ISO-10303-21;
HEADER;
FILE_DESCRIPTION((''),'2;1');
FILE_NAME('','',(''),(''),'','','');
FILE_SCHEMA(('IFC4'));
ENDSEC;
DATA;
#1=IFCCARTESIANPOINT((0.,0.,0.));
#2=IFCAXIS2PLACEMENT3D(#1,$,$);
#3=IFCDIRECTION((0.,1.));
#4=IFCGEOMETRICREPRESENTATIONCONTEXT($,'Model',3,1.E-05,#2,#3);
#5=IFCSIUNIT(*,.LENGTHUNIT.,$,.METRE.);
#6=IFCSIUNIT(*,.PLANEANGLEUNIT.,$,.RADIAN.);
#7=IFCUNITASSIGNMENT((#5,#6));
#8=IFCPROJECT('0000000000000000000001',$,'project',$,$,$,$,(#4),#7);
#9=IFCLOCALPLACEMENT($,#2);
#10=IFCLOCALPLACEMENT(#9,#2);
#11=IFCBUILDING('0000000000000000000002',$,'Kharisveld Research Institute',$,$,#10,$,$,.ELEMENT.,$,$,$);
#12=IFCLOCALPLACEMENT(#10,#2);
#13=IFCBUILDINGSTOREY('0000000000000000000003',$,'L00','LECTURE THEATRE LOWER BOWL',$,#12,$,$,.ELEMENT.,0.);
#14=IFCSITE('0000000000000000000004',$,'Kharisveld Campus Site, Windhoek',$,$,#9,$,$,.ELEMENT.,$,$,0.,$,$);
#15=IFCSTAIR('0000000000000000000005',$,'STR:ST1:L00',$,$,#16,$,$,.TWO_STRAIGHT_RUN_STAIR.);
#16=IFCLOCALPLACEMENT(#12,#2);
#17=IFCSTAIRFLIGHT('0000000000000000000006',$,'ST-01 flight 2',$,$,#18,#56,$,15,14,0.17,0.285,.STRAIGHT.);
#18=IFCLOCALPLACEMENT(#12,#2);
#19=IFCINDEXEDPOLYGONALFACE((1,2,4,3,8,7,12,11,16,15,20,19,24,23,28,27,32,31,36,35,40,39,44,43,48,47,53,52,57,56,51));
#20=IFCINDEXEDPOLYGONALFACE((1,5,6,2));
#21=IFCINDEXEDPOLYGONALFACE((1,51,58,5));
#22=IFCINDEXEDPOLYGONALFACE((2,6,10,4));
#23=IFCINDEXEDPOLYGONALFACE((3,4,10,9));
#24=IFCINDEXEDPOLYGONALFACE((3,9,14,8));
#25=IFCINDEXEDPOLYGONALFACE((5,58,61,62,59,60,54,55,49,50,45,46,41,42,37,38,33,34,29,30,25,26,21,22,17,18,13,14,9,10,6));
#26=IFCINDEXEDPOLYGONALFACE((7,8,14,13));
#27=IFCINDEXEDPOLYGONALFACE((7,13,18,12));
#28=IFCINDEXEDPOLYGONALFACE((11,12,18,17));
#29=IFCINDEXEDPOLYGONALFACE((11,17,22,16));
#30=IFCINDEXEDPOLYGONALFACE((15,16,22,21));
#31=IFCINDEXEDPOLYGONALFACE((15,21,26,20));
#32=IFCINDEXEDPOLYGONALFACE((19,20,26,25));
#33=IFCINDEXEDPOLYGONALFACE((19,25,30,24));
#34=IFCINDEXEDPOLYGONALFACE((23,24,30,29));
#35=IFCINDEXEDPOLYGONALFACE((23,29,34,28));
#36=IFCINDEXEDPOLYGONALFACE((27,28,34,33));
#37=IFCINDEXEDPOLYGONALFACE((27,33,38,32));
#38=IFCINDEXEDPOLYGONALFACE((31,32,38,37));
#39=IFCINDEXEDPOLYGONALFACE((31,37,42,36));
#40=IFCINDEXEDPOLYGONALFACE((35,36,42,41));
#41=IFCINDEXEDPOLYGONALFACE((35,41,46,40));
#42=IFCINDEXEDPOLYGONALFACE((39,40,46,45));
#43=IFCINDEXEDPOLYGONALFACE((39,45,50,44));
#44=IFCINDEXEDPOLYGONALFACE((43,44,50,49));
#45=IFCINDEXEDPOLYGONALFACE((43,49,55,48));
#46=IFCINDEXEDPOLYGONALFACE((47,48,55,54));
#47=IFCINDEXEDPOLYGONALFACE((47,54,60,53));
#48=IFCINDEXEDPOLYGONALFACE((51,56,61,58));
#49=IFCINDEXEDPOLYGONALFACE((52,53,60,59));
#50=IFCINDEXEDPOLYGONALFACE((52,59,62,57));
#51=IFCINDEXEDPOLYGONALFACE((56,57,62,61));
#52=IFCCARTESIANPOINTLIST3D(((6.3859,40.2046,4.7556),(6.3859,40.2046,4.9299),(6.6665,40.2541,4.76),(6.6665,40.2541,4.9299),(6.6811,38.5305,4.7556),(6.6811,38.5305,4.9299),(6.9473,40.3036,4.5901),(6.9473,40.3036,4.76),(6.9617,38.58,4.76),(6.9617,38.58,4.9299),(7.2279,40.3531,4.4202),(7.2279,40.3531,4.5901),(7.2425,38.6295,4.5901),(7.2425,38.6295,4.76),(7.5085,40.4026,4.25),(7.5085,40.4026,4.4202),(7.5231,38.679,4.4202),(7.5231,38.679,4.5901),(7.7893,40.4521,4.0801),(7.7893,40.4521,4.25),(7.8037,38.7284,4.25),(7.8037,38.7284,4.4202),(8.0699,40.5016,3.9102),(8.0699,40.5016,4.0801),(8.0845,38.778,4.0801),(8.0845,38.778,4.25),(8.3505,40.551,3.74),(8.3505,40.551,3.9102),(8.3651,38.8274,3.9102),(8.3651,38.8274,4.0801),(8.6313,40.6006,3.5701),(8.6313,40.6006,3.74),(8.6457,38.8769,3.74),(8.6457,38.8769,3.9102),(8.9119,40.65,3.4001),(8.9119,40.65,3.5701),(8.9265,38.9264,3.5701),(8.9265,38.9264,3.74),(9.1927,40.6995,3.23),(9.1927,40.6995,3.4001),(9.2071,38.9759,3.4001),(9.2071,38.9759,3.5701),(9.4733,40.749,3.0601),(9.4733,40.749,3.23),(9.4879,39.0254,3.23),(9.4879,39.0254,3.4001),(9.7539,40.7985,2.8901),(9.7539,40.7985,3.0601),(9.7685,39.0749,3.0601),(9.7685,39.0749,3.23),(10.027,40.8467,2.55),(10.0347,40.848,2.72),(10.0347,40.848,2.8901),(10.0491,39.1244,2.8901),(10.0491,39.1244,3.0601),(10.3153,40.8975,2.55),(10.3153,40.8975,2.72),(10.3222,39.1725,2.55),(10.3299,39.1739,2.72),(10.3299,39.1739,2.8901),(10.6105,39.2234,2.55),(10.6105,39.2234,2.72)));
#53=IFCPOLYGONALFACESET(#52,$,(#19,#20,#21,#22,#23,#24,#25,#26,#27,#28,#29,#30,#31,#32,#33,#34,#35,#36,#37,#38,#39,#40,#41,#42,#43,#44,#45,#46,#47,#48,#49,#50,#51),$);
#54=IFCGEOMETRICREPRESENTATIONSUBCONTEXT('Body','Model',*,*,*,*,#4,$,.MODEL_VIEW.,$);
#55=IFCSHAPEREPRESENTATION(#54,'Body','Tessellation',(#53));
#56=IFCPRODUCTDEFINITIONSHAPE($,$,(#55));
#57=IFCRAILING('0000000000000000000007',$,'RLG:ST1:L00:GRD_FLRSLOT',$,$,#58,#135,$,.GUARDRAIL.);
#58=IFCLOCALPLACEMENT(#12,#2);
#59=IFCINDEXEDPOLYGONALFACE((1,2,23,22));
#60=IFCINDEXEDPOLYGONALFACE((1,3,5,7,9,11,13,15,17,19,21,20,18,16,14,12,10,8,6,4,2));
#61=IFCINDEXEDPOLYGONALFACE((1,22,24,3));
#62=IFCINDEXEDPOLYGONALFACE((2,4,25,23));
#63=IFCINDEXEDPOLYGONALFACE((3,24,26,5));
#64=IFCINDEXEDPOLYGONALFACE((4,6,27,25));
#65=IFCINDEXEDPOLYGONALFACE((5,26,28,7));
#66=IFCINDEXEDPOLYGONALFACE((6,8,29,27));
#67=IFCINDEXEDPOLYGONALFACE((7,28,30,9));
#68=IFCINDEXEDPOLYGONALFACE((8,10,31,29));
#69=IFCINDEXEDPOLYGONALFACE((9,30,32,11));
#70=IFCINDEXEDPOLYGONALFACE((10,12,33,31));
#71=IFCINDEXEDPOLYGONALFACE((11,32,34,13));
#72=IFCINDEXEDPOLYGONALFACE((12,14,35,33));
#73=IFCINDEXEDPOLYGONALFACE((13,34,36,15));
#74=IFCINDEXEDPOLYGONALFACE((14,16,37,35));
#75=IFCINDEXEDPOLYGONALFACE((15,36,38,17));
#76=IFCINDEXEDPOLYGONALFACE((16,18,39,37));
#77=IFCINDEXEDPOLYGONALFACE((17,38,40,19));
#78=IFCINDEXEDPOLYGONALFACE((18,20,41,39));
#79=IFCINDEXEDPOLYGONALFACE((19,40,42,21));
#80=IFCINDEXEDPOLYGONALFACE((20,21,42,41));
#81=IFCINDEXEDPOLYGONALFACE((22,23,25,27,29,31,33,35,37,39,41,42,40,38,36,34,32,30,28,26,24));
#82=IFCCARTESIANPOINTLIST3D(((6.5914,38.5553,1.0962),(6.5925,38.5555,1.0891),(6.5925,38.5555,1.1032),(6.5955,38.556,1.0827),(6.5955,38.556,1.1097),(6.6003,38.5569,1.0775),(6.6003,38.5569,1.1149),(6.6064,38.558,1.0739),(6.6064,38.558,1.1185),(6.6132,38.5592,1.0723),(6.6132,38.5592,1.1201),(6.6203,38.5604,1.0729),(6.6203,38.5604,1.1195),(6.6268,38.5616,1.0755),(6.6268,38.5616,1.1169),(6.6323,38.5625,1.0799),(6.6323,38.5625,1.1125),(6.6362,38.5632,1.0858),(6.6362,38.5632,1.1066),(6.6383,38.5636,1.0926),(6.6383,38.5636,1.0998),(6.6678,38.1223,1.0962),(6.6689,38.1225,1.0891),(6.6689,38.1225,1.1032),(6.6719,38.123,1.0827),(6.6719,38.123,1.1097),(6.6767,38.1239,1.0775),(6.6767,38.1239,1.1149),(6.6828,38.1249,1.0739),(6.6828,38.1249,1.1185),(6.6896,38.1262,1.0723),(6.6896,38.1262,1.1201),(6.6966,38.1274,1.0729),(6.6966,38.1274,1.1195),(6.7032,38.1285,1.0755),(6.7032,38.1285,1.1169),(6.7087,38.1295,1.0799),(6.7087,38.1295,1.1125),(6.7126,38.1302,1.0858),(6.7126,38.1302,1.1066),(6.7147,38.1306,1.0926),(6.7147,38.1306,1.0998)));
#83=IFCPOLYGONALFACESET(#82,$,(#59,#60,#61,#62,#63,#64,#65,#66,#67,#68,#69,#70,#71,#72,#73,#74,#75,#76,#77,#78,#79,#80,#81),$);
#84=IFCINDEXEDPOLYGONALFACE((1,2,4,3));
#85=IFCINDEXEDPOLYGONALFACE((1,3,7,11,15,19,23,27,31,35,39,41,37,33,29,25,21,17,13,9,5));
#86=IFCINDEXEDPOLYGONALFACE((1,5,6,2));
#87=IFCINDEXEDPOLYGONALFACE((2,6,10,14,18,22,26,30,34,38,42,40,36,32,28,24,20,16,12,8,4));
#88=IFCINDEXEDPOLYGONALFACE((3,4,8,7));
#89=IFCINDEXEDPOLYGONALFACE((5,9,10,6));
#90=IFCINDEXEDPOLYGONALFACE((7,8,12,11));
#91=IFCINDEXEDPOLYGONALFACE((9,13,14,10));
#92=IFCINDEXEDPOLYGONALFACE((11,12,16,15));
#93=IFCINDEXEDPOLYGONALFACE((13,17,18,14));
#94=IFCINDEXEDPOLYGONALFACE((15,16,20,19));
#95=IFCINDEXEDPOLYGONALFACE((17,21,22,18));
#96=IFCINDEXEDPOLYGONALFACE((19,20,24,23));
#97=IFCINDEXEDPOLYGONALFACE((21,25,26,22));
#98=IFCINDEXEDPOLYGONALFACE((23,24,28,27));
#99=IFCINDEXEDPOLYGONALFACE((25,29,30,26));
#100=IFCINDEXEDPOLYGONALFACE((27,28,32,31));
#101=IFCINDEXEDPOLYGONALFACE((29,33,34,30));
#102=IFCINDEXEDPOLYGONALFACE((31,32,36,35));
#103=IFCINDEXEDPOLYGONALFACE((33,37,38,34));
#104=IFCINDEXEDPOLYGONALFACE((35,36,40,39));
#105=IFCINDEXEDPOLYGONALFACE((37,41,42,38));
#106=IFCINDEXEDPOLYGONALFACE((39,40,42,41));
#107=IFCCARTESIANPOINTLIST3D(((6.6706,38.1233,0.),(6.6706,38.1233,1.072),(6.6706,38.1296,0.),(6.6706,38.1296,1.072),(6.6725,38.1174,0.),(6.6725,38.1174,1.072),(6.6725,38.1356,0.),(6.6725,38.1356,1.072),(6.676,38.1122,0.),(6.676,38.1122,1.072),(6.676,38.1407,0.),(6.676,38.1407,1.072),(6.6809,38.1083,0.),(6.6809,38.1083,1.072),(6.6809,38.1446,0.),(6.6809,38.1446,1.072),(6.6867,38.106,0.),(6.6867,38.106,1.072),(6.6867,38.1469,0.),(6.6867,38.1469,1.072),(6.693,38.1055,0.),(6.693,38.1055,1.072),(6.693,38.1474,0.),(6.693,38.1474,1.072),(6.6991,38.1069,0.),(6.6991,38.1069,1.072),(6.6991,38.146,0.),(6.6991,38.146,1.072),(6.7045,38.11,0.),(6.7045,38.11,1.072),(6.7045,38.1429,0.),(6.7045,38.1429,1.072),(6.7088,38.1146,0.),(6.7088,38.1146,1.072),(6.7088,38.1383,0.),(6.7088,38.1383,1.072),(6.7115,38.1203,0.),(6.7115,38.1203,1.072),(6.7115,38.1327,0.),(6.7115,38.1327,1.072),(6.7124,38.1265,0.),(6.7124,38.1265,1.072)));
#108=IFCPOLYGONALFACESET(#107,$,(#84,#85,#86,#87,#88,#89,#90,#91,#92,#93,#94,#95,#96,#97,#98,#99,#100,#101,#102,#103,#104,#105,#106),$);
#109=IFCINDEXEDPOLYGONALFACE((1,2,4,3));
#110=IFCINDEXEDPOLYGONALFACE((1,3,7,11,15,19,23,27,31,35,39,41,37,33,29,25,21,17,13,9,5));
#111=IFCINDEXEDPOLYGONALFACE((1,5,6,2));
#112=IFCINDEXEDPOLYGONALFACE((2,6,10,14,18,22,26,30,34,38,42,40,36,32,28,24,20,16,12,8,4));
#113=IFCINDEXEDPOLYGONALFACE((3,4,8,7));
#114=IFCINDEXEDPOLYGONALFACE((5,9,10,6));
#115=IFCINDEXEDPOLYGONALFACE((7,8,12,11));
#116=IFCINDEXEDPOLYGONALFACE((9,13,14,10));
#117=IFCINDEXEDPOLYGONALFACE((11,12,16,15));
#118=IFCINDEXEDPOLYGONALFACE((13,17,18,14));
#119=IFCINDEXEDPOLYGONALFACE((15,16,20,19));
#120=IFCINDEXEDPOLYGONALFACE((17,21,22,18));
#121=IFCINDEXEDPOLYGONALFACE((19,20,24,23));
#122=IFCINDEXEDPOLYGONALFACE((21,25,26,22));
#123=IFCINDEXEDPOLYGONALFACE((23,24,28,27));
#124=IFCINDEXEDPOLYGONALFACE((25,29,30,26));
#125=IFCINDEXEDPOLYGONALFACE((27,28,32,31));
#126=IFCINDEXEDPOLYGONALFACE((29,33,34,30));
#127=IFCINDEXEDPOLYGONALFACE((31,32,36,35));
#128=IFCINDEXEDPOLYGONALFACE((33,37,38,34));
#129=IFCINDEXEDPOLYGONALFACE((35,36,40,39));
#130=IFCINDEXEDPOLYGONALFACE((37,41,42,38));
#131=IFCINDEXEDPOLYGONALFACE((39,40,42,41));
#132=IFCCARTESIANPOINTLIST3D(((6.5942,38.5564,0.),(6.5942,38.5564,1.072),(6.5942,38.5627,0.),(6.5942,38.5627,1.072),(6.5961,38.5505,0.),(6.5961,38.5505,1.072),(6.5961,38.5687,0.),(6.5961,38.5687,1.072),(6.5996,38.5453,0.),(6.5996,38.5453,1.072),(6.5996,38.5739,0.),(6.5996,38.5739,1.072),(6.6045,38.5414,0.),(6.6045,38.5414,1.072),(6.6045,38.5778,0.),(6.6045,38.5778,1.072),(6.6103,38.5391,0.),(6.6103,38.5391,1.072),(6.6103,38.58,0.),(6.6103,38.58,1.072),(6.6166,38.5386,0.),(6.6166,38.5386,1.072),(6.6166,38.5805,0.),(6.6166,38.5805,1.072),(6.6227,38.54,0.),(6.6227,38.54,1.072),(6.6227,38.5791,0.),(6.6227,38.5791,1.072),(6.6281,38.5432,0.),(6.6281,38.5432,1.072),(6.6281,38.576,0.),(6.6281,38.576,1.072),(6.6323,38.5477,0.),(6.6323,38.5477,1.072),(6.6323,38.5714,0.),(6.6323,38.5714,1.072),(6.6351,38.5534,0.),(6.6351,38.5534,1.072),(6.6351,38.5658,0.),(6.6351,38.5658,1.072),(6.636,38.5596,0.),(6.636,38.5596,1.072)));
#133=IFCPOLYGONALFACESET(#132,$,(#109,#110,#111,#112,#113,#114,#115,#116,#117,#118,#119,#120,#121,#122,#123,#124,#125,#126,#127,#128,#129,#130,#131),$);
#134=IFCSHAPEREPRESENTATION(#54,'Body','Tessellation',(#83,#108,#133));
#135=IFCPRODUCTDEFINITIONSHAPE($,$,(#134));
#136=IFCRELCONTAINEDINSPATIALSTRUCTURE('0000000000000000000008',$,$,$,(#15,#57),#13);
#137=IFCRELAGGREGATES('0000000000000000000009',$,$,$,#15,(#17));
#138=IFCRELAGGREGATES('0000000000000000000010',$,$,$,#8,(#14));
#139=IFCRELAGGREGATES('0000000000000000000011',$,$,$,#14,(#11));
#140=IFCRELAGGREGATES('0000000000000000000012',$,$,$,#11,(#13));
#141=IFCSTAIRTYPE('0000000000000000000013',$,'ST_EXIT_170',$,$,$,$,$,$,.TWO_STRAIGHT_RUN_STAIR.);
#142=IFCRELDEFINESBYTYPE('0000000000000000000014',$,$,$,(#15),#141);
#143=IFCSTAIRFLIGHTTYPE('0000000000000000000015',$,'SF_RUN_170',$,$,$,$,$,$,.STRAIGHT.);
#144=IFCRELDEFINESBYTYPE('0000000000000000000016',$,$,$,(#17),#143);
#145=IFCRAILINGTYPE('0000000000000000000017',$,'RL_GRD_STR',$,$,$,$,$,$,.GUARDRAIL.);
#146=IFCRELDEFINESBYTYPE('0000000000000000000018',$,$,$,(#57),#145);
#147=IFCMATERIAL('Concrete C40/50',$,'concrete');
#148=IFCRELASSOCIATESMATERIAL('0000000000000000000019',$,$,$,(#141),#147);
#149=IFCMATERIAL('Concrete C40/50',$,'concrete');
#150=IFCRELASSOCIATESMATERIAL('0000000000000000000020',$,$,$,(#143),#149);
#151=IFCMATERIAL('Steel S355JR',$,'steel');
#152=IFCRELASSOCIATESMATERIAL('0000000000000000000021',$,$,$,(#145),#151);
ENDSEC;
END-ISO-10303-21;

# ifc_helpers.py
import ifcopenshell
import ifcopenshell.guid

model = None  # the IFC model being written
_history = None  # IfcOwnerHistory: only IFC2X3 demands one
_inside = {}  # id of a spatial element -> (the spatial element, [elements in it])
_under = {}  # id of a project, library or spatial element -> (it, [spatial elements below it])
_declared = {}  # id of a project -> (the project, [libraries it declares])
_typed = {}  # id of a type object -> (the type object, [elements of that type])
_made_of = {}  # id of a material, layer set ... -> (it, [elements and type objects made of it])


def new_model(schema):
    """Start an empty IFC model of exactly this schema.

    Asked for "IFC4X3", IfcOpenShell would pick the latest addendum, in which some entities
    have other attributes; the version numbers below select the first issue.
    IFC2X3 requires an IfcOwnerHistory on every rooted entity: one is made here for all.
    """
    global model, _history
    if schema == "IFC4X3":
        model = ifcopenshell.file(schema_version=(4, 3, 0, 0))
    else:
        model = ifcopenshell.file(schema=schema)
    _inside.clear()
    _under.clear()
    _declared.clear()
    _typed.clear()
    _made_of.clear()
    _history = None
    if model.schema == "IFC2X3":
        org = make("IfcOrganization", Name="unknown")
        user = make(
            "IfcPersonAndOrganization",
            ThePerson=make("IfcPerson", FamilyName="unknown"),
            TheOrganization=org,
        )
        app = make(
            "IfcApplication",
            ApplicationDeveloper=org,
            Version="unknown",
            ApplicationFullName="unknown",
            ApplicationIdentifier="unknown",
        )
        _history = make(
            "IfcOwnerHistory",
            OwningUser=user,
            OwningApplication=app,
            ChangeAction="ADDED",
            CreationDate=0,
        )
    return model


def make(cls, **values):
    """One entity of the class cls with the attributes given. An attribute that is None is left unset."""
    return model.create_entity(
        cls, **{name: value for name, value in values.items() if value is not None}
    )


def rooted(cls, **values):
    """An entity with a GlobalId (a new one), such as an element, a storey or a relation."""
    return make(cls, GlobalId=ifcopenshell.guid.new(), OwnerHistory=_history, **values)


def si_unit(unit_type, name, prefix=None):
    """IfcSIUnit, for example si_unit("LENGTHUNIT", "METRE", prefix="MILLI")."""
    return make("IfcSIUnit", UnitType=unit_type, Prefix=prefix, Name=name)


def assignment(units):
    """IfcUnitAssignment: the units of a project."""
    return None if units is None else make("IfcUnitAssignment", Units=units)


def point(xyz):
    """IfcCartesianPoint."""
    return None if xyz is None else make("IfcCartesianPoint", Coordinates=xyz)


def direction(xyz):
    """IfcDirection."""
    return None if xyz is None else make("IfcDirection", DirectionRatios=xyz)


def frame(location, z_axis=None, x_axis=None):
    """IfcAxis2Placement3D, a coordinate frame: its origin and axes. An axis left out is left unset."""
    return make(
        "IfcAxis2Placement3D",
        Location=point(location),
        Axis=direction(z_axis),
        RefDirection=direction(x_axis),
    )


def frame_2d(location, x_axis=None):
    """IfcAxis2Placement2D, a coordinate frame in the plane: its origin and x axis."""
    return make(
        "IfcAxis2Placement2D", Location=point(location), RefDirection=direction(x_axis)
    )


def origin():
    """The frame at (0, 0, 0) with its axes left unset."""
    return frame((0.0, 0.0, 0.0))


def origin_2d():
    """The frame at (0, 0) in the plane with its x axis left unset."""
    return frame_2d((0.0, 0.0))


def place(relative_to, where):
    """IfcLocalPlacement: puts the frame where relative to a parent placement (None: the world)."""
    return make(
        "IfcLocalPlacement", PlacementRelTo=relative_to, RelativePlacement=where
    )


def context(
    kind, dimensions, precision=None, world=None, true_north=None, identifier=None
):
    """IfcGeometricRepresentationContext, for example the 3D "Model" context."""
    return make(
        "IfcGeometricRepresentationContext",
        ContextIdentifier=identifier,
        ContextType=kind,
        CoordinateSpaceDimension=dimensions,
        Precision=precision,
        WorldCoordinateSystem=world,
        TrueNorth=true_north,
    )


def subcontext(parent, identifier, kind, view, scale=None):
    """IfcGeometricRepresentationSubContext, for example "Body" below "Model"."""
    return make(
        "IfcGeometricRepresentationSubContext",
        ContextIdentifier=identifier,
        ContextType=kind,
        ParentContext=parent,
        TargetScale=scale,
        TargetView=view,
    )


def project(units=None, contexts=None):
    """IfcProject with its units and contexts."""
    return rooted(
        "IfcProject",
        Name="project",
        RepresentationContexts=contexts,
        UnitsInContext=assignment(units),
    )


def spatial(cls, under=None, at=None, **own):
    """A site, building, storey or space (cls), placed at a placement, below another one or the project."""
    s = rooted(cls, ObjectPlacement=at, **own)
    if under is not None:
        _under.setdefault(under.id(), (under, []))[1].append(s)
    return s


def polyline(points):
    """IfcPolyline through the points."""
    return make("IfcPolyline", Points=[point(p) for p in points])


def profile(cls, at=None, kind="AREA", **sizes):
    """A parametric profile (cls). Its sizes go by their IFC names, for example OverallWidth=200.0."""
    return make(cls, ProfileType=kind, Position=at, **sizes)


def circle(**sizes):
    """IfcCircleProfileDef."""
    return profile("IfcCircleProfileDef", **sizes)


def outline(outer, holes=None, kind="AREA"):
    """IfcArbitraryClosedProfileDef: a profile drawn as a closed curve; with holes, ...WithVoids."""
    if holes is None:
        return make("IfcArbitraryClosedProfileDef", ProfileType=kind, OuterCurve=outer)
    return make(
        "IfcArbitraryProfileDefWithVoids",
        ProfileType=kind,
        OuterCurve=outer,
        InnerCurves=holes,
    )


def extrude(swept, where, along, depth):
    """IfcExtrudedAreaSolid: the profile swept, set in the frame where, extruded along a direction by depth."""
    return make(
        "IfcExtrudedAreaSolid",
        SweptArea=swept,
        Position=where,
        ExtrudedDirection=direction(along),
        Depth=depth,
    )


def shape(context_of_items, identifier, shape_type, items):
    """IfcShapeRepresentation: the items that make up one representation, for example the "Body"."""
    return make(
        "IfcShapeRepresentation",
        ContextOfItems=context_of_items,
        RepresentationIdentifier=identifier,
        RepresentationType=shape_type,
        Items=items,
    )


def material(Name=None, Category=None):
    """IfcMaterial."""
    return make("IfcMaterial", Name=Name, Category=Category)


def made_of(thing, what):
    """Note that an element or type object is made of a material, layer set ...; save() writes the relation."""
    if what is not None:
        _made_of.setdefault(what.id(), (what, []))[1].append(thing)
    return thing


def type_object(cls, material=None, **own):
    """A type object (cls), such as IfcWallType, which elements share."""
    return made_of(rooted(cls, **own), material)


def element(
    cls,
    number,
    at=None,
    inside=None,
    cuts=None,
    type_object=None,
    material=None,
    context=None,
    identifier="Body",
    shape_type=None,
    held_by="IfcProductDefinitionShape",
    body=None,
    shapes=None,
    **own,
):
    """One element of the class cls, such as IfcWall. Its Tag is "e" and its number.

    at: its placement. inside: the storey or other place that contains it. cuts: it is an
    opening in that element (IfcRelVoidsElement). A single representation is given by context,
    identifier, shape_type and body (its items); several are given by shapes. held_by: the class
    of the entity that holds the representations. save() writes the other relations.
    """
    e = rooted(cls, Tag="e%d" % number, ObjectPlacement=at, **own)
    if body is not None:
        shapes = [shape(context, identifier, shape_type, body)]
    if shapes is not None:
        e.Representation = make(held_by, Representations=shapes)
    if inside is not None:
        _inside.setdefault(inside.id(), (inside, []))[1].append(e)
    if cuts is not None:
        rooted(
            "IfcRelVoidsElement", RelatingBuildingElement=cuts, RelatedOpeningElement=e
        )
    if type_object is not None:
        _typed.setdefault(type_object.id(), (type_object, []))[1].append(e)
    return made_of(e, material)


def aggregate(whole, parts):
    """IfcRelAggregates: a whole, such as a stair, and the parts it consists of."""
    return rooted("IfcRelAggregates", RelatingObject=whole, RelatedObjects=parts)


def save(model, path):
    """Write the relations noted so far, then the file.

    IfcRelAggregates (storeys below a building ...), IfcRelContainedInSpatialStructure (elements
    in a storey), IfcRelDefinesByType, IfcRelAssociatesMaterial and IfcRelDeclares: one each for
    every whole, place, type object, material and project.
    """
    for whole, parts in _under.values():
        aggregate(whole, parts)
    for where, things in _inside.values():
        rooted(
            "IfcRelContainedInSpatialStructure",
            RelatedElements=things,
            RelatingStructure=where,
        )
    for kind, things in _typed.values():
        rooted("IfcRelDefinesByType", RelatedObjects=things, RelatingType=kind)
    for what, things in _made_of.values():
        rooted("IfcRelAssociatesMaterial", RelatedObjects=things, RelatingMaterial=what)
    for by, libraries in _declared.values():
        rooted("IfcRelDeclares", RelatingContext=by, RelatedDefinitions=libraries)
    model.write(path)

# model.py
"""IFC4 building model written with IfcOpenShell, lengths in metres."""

from ifc_helpers import new_model, si_unit, direction, frame, origin, origin_2d, place, context, subcontext, project, spatial, polyline, circle, outline, extrude, material, type_object, element, aggregate, save


model = new_model("IFC4")

# Units and contexts
model_context = context("Model", 3, precision=1e-05, world=origin(), true_north=direction((0.0, 1.0)))
body_context = subcontext(model_context, "Body", "Model", "MODEL_VIEW")
ifc_project = project(units=[si_unit("LENGTHUNIT", "METRE"), si_unit("PLANEANGLEUNIT", "RADIAN")], contexts=[model_context])

# Site, building, storey
site_placement = place(None, origin())
site = spatial("IfcSite", under=ifc_project, at=site_placement, Name="Kharisveld Campus Site, Windhoek", CompositionType="ELEMENT", RefElevation=0.0)
building_placement = place(site_placement, origin())
building = spatial("IfcBuilding", under=site, at=building_placement, Name="Kharisveld Research Institute", CompositionType="ELEMENT")
storey_placement = place(building_placement, origin())
storey = spatial("IfcBuildingStorey", under=building, at=storey_placement, Name="L00", Description="LECTURE THEATRE LOWER BOWL", CompositionType="ELEMENT", Elevation=0.0)

# Stair, stair flight
ifc_material_1 = material(Name="Concrete C40/50", Category="concrete")
stair_type = type_object("IfcStairType", Name="ST_EXIT_170", PredefinedType="TWO_STRAIGHT_RUN_STAIR", material=ifc_material_1)
stair_placement = place(storey_placement, origin())
stair = element("IfcStair", 1, at=stair_placement, inside=storey, type_object=stair_type, Name="STR:ST1:L00", PredefinedType="TWO_STRAIGHT_RUN_STAIR")
ifc_material_2 = material(Name="Concrete C40/50", Category="concrete")
stair_flight_type = type_object("IfcStairFlightType", Name="SF_RUN_170", PredefinedType="STRAIGHT", material=ifc_material_2)
stair_flight_1_placement = place(storey_placement, frame((10.4629, 40.0605, 2.55), z_axis=(0.0, 0.0, 1.0), x_axis=(-0.984808, -0.173648, 0.0)))
stair_flight_1 = element("IfcStairFlight", 2, at=stair_flight_1_placement, type_object=stair_flight_type, Name="ST-01 flight 2", NumberOfRisers=15, NumberOfTreads=14, PredefinedType="STRAIGHT", RiserHeight=0.17, TreadLength=0.285, context=body_context, shape_type="SweptSolid", body=[
    extrude(outline(polyline([(0.0, 0.0), (0.0, 0.1699), (0.2849, 0.1699), (0.2849, 0.3401), (0.5701, 0.3401), (0.5701, 0.51), (0.855, 0.51), (0.855, 0.6799), (1.1399, 0.6799), (1.1399, 0.8501), (1.425, 0.8501), (1.425, 1.02), (1.71, 1.02), (1.71, 1.1899), (1.9951, 1.1899), (1.9951, 1.3601), (2.28, 1.3601), (2.28, 1.53), (2.5649, 1.53), (2.5649, 1.7), (2.8501, 1.7), (2.8501, 1.8701), (3.135, 1.8701), (3.135, 2.04), (3.4199, 2.04), (3.4199, 2.21), (3.7051, 2.21), (3.7051, 2.3799), (3.99, 2.3799), (3.99, 2.55), (3.99, 2.2056), (0.2927, 0.0), (0.0, 0.0)])), frame((0.0, 0.8501, 0.0), z_axis=(0.0, -1.0, 0.0), x_axis=(1.0, 0.0, 0.0)), (0.0, 0.0, 1.0), 1.7),
])
aggregate(stair, [stair_flight_1])

# Railing
ifc_material_3 = material(Name="Steel S355JR", Category="steel")
railing_type_1 = type_object("IfcRailingType", Name="RL_GRD_STR", PredefinedType="GUARDRAIL", material=ifc_material_3)
railing_1_placement = place(storey_placement, frame((6.6914, 38.1265, 0.0)))
element("IfcRailing", 3, at=railing_1_placement, inside=storey, type_object=railing_type_1, Name="RLG:ST1:L00:GRD_FLRSLOT", PredefinedType="GUARDRAIL", context=body_context, shape_type="SweptSolid", body=[
    extrude(circle(Radius=0.0239, at=origin_2d()), frame((0.0, 0.0, 1.0962), z_axis=(-0.173754, 0.984789, 0.0), x_axis=(-0.984789, -0.173754, 0.0)), (0.0, 0.0, 1.0), 0.4397),
    extrude(circle(Radius=0.021, at=origin_2d()), origin(), (0.0, 0.0, 1.0), 1.072),
    extrude(circle(Radius=0.021, at=origin_2d()), frame((-0.0764, 0.4331, 0.0)), (0.0, 0.0, 1.0), 1.072),
])

save(model, "model.ifc")
